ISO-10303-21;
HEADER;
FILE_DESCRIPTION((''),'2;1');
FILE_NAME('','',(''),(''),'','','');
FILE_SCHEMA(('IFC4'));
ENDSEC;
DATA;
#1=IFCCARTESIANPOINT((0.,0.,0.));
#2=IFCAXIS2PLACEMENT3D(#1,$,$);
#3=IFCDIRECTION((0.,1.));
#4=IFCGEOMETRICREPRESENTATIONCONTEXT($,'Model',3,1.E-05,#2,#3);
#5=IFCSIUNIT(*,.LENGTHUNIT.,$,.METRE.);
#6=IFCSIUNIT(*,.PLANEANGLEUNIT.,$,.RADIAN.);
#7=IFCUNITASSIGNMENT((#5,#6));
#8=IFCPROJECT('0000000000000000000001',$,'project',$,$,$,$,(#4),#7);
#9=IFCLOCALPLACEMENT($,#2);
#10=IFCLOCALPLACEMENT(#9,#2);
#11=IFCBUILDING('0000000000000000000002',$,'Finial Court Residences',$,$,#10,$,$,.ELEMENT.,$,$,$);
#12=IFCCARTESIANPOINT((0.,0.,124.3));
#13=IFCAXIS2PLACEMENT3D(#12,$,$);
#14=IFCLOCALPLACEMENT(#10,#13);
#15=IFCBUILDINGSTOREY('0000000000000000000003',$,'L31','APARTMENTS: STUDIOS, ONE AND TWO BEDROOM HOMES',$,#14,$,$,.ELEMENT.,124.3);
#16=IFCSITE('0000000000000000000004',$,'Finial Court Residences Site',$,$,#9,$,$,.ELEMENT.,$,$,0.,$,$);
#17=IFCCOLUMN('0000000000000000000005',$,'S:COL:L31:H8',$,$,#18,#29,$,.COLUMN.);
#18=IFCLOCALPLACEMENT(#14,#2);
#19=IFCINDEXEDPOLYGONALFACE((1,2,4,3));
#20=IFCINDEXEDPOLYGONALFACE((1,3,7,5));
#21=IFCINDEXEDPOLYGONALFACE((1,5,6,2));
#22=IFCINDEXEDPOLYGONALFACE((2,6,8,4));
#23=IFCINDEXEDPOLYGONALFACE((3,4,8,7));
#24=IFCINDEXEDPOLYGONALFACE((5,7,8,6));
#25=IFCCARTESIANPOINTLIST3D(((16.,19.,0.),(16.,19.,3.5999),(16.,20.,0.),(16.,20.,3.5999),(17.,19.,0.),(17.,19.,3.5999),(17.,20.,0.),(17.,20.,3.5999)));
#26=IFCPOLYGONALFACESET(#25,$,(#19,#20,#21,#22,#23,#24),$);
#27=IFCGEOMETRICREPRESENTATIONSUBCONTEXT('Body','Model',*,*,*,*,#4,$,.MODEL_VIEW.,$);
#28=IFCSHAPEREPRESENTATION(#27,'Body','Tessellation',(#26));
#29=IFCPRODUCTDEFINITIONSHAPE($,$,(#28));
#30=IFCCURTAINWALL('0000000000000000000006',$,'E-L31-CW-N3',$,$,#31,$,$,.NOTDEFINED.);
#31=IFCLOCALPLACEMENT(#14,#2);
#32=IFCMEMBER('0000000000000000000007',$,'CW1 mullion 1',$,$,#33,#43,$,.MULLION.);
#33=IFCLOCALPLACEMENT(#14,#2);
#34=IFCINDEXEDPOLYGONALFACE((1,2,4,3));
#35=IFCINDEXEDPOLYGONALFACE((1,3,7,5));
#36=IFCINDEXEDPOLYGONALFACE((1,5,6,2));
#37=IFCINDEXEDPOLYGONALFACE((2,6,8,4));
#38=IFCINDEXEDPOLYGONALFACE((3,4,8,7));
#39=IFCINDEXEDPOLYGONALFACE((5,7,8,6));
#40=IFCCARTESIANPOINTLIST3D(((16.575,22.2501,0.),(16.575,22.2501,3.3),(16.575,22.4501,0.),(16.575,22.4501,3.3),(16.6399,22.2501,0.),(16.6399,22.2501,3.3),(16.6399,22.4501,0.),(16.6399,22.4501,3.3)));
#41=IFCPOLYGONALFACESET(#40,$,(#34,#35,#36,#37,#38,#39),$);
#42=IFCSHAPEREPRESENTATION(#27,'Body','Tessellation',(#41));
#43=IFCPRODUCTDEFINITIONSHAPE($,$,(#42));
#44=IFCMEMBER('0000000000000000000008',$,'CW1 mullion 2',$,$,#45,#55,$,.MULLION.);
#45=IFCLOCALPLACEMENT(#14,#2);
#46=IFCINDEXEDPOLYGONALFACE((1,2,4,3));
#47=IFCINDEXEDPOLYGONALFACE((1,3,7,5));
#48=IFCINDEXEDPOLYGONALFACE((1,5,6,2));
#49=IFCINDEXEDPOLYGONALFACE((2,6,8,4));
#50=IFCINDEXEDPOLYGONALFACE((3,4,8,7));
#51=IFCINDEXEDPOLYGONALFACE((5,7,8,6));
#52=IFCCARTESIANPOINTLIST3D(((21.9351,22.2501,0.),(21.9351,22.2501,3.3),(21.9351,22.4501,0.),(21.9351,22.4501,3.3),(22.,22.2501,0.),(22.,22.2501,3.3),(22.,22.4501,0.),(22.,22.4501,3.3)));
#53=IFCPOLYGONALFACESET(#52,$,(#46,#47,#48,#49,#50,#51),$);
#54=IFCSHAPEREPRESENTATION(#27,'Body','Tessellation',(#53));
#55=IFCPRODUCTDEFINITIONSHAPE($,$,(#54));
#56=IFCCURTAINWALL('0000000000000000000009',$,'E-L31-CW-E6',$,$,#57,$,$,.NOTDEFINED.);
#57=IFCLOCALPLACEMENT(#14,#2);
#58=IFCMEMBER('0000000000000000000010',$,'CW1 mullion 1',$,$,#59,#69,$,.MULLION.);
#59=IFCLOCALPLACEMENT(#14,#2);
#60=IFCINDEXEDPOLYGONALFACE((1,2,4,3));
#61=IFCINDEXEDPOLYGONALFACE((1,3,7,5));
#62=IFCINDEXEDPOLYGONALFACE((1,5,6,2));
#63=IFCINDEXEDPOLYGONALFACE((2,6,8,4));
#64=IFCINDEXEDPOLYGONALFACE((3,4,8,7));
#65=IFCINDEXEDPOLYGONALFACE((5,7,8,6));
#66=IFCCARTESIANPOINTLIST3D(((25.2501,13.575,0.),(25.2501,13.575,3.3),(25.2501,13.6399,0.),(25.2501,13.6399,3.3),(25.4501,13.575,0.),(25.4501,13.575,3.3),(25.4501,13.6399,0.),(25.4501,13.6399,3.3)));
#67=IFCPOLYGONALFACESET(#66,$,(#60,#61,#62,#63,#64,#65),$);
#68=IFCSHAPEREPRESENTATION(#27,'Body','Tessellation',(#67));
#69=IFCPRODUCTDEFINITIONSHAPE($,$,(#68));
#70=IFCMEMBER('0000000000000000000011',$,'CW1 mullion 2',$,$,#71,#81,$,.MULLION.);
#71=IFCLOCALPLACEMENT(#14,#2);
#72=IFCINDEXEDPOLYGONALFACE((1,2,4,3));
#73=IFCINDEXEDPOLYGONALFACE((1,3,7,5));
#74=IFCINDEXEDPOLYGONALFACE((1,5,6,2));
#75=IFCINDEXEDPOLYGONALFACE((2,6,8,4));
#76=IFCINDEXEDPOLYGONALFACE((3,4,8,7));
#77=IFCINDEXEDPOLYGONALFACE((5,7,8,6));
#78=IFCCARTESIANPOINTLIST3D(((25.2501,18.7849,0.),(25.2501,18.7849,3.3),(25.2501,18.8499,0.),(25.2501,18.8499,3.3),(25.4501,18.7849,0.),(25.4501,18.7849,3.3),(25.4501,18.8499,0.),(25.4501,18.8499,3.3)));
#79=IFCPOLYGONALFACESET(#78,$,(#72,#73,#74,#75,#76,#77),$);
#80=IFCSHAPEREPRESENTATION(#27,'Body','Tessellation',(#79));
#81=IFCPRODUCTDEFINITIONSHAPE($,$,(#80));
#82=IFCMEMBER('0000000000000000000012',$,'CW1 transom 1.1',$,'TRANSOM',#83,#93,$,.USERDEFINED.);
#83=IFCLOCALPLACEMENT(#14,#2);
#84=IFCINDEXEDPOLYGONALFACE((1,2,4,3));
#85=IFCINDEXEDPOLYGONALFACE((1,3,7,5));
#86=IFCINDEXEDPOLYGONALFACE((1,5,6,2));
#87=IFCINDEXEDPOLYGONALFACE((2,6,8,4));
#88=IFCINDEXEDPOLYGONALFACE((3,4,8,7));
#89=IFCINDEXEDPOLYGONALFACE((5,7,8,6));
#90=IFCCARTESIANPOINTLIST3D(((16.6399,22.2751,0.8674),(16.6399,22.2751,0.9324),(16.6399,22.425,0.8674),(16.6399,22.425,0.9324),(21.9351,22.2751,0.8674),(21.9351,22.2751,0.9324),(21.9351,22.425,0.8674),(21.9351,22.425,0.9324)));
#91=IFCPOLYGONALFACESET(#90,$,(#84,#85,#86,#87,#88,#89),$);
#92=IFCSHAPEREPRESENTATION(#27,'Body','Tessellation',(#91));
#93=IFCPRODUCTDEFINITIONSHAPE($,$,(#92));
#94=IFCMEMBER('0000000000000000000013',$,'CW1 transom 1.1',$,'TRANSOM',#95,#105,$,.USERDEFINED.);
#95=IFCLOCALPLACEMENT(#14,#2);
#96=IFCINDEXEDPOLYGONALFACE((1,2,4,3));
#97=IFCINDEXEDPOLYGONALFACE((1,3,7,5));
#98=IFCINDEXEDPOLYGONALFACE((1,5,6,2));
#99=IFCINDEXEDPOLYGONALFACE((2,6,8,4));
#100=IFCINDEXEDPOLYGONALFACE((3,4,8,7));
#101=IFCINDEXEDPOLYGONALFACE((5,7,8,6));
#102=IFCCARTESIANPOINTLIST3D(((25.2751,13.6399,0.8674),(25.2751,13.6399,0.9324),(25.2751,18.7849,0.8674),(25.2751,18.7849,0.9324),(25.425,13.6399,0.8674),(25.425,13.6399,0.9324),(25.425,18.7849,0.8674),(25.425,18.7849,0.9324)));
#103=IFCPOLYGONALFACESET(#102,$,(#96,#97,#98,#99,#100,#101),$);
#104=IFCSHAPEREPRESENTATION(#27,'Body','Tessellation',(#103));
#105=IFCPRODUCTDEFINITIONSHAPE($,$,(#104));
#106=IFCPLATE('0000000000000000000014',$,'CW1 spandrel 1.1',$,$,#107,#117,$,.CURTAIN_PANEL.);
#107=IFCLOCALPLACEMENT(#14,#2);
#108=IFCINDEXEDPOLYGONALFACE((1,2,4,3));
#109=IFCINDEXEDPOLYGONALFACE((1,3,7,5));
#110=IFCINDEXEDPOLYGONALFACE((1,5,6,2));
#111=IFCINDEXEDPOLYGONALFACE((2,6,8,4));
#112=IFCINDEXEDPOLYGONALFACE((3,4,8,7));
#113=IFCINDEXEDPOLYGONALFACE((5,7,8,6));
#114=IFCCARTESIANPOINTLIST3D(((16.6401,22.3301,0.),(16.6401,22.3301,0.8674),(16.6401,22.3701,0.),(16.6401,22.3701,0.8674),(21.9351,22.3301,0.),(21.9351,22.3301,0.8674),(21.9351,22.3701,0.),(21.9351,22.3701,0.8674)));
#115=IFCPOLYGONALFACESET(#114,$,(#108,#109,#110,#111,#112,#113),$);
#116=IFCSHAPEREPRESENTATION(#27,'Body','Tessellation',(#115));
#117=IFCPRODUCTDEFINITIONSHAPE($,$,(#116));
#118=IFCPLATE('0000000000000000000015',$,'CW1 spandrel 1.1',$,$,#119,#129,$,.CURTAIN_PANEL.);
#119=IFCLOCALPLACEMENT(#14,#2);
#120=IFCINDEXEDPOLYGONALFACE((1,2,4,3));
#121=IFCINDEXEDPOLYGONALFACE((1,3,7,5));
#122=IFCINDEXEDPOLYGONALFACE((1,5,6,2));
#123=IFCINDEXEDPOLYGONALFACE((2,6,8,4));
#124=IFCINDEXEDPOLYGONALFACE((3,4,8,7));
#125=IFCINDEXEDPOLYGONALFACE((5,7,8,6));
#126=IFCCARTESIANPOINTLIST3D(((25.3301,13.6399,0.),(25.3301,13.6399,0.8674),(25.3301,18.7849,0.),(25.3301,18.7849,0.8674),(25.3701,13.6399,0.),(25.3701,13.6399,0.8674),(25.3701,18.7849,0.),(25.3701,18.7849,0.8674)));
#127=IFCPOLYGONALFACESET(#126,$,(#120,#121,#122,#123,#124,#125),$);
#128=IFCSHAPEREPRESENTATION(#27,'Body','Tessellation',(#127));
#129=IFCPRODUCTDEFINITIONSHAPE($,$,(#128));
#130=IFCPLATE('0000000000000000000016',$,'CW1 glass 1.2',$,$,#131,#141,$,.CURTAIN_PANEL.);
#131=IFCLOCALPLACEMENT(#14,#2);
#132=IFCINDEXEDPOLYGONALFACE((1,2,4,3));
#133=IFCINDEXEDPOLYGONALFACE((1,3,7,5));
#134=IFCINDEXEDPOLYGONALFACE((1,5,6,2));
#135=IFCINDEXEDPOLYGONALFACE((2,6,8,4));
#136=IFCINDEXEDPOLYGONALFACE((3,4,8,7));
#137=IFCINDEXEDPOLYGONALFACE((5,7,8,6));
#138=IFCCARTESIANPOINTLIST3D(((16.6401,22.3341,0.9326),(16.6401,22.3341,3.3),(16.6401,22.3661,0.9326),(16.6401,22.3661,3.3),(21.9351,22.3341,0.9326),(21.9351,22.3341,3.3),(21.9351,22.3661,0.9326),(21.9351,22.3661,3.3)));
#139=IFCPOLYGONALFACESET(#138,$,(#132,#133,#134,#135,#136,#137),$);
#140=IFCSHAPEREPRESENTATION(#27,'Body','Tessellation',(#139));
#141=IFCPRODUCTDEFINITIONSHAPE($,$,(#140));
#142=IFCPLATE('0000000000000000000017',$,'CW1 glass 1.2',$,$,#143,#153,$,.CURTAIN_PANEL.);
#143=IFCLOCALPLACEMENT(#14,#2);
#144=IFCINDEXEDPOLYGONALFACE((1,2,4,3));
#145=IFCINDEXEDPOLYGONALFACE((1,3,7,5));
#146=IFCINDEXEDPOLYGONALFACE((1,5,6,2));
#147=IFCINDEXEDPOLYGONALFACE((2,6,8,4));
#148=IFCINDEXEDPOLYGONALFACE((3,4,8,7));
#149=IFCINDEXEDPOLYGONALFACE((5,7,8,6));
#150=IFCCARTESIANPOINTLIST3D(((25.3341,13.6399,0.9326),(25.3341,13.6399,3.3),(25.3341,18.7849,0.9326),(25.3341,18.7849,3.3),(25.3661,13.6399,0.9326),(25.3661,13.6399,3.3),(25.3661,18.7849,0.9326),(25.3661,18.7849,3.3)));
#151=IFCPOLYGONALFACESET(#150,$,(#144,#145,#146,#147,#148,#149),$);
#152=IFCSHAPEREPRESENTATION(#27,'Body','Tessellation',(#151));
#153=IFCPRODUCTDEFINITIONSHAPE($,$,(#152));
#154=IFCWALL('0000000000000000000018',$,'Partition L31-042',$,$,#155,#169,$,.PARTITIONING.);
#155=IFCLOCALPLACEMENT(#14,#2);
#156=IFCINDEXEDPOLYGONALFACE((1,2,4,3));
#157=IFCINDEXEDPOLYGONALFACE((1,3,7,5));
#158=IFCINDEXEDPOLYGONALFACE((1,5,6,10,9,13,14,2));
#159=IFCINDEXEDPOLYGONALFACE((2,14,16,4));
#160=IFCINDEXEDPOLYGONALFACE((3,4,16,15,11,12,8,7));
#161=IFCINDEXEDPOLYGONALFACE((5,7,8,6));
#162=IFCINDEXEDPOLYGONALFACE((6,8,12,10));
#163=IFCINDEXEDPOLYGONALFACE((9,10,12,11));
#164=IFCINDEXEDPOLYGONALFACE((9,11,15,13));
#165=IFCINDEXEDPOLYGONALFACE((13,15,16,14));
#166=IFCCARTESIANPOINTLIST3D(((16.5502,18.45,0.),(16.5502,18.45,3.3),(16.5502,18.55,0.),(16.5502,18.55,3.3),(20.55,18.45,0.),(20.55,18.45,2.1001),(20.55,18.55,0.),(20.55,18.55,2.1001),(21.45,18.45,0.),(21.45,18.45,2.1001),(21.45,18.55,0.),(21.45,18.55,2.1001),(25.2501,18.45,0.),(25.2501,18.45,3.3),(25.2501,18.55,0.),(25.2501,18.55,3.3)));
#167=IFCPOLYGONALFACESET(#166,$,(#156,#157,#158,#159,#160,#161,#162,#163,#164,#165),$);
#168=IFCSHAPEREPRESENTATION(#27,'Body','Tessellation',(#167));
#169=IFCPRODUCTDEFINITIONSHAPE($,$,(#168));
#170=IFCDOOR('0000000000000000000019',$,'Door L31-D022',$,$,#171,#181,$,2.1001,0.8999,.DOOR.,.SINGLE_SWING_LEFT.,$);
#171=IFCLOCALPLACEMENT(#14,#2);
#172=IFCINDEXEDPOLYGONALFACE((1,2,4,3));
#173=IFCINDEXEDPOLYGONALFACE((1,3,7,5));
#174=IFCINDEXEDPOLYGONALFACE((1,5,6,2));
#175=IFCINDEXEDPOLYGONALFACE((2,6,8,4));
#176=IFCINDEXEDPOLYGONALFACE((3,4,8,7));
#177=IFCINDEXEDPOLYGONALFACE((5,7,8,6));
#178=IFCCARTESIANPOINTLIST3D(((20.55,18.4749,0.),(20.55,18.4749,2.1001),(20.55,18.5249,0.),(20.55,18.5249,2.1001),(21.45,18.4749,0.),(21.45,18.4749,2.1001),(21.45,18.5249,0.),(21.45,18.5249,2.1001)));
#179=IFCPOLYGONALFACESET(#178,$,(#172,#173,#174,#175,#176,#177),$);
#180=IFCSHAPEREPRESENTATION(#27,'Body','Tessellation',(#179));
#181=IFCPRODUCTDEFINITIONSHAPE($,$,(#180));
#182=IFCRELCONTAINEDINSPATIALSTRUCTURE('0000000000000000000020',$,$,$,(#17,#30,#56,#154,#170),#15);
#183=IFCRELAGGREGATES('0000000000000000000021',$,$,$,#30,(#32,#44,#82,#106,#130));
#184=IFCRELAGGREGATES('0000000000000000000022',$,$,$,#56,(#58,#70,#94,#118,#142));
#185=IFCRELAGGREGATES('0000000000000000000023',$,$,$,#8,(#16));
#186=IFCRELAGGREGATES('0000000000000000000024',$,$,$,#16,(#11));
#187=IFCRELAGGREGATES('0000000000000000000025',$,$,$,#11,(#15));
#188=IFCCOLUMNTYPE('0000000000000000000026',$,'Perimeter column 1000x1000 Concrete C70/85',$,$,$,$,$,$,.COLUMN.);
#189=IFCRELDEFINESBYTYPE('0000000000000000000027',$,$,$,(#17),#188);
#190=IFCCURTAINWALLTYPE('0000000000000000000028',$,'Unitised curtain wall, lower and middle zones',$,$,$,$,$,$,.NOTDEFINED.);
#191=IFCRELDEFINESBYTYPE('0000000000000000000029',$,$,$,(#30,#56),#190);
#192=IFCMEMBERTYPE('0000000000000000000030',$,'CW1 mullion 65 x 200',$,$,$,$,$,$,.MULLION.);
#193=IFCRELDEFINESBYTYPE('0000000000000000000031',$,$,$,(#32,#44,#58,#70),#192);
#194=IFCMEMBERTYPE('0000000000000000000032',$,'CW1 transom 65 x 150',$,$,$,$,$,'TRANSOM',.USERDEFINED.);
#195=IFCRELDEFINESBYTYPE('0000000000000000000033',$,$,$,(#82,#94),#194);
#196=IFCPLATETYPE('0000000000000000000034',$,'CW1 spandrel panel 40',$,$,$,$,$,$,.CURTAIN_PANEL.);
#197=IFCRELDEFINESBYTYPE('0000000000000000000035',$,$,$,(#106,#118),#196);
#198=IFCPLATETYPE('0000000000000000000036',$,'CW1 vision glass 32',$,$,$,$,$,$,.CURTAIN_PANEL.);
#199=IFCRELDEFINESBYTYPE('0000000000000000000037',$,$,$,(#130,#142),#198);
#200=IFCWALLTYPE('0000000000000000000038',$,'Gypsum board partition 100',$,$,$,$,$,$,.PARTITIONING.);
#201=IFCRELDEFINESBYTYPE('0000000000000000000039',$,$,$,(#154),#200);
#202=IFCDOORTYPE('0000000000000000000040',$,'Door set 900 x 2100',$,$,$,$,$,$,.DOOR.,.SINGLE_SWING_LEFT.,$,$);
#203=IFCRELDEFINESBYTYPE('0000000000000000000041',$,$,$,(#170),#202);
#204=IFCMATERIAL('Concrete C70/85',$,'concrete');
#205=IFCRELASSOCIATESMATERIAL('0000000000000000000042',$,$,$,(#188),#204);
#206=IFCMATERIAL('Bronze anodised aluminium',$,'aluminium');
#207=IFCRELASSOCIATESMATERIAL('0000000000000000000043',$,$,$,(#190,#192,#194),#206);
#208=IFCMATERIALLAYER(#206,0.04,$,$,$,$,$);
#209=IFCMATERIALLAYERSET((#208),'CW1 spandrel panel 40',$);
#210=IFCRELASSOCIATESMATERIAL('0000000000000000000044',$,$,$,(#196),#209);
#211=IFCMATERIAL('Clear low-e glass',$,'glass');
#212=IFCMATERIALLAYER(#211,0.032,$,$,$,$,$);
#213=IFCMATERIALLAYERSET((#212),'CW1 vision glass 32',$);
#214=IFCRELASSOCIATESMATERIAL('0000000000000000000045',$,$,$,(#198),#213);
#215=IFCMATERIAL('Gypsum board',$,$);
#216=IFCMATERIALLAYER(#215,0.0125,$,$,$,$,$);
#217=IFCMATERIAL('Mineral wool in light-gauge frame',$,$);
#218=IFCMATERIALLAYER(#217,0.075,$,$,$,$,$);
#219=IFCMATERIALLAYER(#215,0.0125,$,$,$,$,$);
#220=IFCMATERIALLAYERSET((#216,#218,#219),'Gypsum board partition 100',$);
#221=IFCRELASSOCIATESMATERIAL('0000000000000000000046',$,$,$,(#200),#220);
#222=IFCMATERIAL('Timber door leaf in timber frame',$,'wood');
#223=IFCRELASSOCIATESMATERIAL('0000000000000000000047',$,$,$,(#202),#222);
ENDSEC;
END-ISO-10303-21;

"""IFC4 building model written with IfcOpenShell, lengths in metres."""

from ifc_helpers import new_model, si_unit, direction, frame, frame_2d, origin, origin_2d, place, context, subcontext, project, spatial, rectangle, extrude, material, layer, layer_set, material_profile, profile_set, type_object, element, fill, aggregate, save


model = new_model("IFC4")

# Units and contexts
model_context = context("Model", 3, precision=1e-05, world=origin(), true_north=direction((0.0, 1.0)))
body_context = subcontext(model_context, "Body", "Model", "MODEL_VIEW")
ifc_project = project(units=[si_unit("LENGTHUNIT", "METRE"), si_unit("PLANEANGLEUNIT", "RADIAN")], contexts=[model_context])

# Site, building, storey
site_placement = place(None, origin())
site = spatial("IfcSite", under=ifc_project, at=site_placement, Name="Finial Court Residences Site", CompositionType="ELEMENT", RefElevation=0.0)
building_placement = place(site_placement, origin())
building = spatial("IfcBuilding", under=site, at=building_placement, Name="Finial Court Residences", CompositionType="ELEMENT")
storey_placement = place(building_placement, frame((0.0, 0.0, 124.3)))
storey = spatial("IfcBuildingStorey", under=building, at=storey_placement, Name="L31", Description="APARTMENTS: STUDIOS, ONE AND TWO BEDROOM HOMES", CompositionType="ELEMENT", Elevation=124.3)

# Column
ifc_material_1 = material(Name="Concrete C70/85", Category="concrete")
ifc_material_profile_1 = material_profile(ifc_material_1, rectangle(XDim=1.0, YDim=1.0, at=origin_2d()), Name="1000x1000")
ifc_profile_set_1 = profile_set([ifc_material_profile_1], Name="Concrete C70/85")
column_type = type_object("IfcColumnType", Name="Perimeter column 1000x1000 Concrete C70/85", PredefinedType="COLUMN", material=ifc_profile_set_1)
column_placement = place(storey_placement, frame((16.5, 19.5, 0.0), z_axis=(0.0, 0.0, 1.0), x_axis=(1.0, 0.0, 0.0)))
element("IfcColumn", 1, at=column_placement, inside=storey, type_object=column_type, Name="S:COL:L31:H8", PredefinedType="COLUMN", context=body_context, shape_type="SweptSolid", body=[
    extrude(rectangle(XDim=1.0, YDim=1.0, at=origin_2d()), origin(), (0.0, 0.0, 1.0), 3.5999),
])

# Curtain walls, members
ifc_material_2 = material(Name="Bronze anodised aluminium", Category="aluminium")
curtain_wall_type = type_object("IfcCurtainWallType", Name="Unitised curtain wall, lower and middle zones", PredefinedType="NOTDEFINED", material=ifc_material_2)
curtain_wall_1_placement = place(storey_placement, origin())
curtain_wall_1 = element("IfcCurtainWall", 2, at=curtain_wall_1_placement, inside=storey, type_object=curtain_wall_type, Name="E-L31-CW-N3", PredefinedType="NOTDEFINED")
ifc_material_profile_2 = material_profile(ifc_material_2, rectangle(XDim=0.2, YDim=0.0649, at=origin_2d()), Name="CW1 mullion 65 x 200")
ifc_profile_set_2 = profile_set([ifc_material_profile_2], Name="Bronze anodised aluminium")
member_type_1 = type_object("IfcMemberType", Name="CW1 mullion 65 x 200", PredefinedType="MULLION", material=ifc_profile_set_2)
member_1_placement = place(storey_placement, frame((16.6074, 22.3501, 0.0), z_axis=(0.0, 0.0, 1.0), x_axis=(0.0, 1.0, 0.0)))
member_1 = element("IfcMember", 3, at=member_1_placement, type_object=member_type_1, Name="CW1 mullion 1", PredefinedType="MULLION", context=body_context, shape_type="SweptSolid", body=[
    extrude(rectangle(XDim=0.2, YDim=0.0649, at=origin_2d()), origin(), (0.0, 0.0, 1.0), 3.3),
])
member_2_placement = place(storey_placement, frame((21.9675, 22.3501, 0.0), z_axis=(0.0, 0.0, 1.0), x_axis=(0.0, 1.0, 0.0)))
member_2 = element("IfcMember", 4, at=member_2_placement, type_object=member_type_1, Name="CW1 mullion 2", PredefinedType="MULLION", context=body_context, shape_type="SweptSolid", body=[
    extrude(rectangle(XDim=0.2, YDim=0.0649, at=origin_2d()), origin(), (0.0, 0.0, 1.0), 3.3),
])
curtain_wall_2_placement = place(storey_placement, origin())
curtain_wall_2 = element("IfcCurtainWall", 5, at=curtain_wall_2_placement, inside=storey, type_object=curtain_wall_type, Name="E-L31-CW-E6", PredefinedType="NOTDEFINED")
member_3_placement = place(storey_placement, frame((25.3501, 13.6074, 0.0), z_axis=(0.0, 0.0, 1.0), x_axis=(-1.0, 0.0, 0.0)))
member_3 = element("IfcMember", 6, at=member_3_placement, type_object=member_type_1, Name="CW1 mullion 1", PredefinedType="MULLION", context=body_context, shape_type="SweptSolid", body=[
    extrude(rectangle(XDim=0.2, YDim=0.0649, at=origin_2d()), origin(), (0.0, 0.0, 1.0), 3.3),
])
member_4_placement = place(storey_placement, frame((25.3501, 18.8174, 0.0), z_axis=(0.0, 0.0, 1.0), x_axis=(-1.0, 0.0, 0.0)))
member_4 = element("IfcMember", 7, at=member_4_placement, type_object=member_type_1, Name="CW1 mullion 2", PredefinedType="MULLION", context=body_context, shape_type="SweptSolid", body=[
    extrude(rectangle(XDim=0.2, YDim=0.0649, at=origin_2d()), origin(), (0.0, 0.0, 1.0), 3.3),
])

# Members
ifc_material_profile_3 = material_profile(ifc_material_2, rectangle(XDim=0.1499, YDim=0.0649, at=origin_2d()), Name="CW1 transom 65 x 150")
ifc_profile_set_3 = profile_set([ifc_material_profile_3], Name="Bronze anodised aluminium")
member_type_2 = type_object("IfcMemberType", Name="CW1 transom 65 x 150", ElementType="TRANSOM", PredefinedType="USERDEFINED", material=ifc_profile_set_3)
member_5_placement = place(storey_placement, frame((16.6399, 22.3501, 0.8999), z_axis=(1.0, 0.0, 0.0), x_axis=(0.0, 1.0, 0.0)))
member_5 = element("IfcMember", 8, at=member_5_placement, type_object=member_type_2, Name="CW1 transom 1.1", ObjectType="TRANSOM", PredefinedType="USERDEFINED", context=body_context, shape_type="SweptSolid", body=[
    extrude(rectangle(XDim=0.1499, YDim=0.0649, at=origin_2d()), origin(), (0.0, 0.0, 1.0), 5.2952),
])
member_6_placement = place(storey_placement, frame((25.3501, 13.6399, 0.8999), z_axis=(0.0, 1.0, 0.0), x_axis=(-1.0, 0.0, 0.0)))
member_6 = element("IfcMember", 9, at=member_6_placement, type_object=member_type_2, Name="CW1 transom 1.1", ObjectType="TRANSOM", PredefinedType="USERDEFINED", context=body_context, shape_type="SweptSolid", body=[
    extrude(rectangle(XDim=0.1499, YDim=0.0649, at=origin_2d()), origin(), (0.0, 0.0, 1.0), 5.145),
])

# Plates
ifc_layer_1 = layer(ifc_material_2, 0.04)
ifc_layer_set_1 = layer_set([ifc_layer_1], Name="CW1 spandrel panel 40")
plate_type_1 = type_object("IfcPlateType", Name="CW1 spandrel panel 40", PredefinedType="CURTAIN_PANEL", material=ifc_layer_set_1)
plate_1_placement = place(storey_placement, frame((19.2876, 22.3501, 0.0), z_axis=(0.0, 0.0, 1.0), x_axis=(1.0, 0.0, 0.0)))
plate_1 = element("IfcPlate", 10, at=plate_1_placement, type_object=plate_type_1, Name="CW1 spandrel 1.1", PredefinedType="CURTAIN_PANEL", context=body_context, shape_type="SweptSolid", body=[
    extrude(rectangle(XDim=5.2949, YDim=0.04, at=origin_2d()), origin(), (0.0, 0.0, 1.0), 0.8674),
])
plate_2_placement = place(storey_placement, frame((25.3501, 16.2124, 0.0), z_axis=(0.0, 0.0, 1.0), x_axis=(0.0, 1.0, 0.0)))
plate_2 = element("IfcPlate", 11, at=plate_2_placement, type_object=plate_type_1, Name="CW1 spandrel 1.1", PredefinedType="CURTAIN_PANEL", context=body_context, shape_type="SweptSolid", body=[
    extrude(rectangle(XDim=5.145, YDim=0.04, at=origin_2d()), origin(), (0.0, 0.0, 1.0), 0.8674),
])
ifc_material_3 = material(Name="Clear low-e glass", Category="glass")
ifc_layer_2 = layer(ifc_material_3, 0.032)
ifc_layer_set_2 = layer_set([ifc_layer_2], Name="CW1 vision glass 32")
plate_type_2 = type_object("IfcPlateType", Name="CW1 vision glass 32", PredefinedType="CURTAIN_PANEL", material=ifc_layer_set_2)
plate_3_placement = place(storey_placement, frame((19.2876, 22.3501, 0.9326), z_axis=(0.0, 0.0, 1.0), x_axis=(1.0, 0.0, 0.0)))
plate_3 = element("IfcPlate", 12, at=plate_3_placement, type_object=plate_type_2, Name="CW1 glass 1.2", PredefinedType="CURTAIN_PANEL", context=body_context, shape_type="SweptSolid", body=[
    extrude(rectangle(XDim=5.2949, YDim=0.032, at=origin_2d()), origin(), (0.0, 0.0, 1.0), 2.3674),
])
aggregate(curtain_wall_1, [member_1, member_2, member_5, plate_1, plate_3])
plate_4_placement = place(storey_placement, frame((25.3501, 16.2124, 0.9326), z_axis=(0.0, 0.0, 1.0), x_axis=(0.0, 1.0, 0.0)))
plate_4 = element("IfcPlate", 13, at=plate_4_placement, type_object=plate_type_2, Name="CW1 glass 1.2", PredefinedType="CURTAIN_PANEL", context=body_context, shape_type="SweptSolid", body=[
    extrude(rectangle(XDim=5.145, YDim=0.032, at=origin_2d()), origin(), (0.0, 0.0, 1.0), 2.3674),
])
aggregate(curtain_wall_2, [member_3, member_4, member_6, plate_2, plate_4])

# Wall, opening, door
ifc_material_4 = material(Name="Gypsum board")
ifc_layer_3 = layer(ifc_material_4, 0.0125)
ifc_material_5 = material(Name="Mineral wool in light-gauge frame")
ifc_layer_4 = layer(ifc_material_5, 0.075)
ifc_layer_5 = layer(ifc_material_4, 0.0125)
ifc_layer_set_3 = layer_set([ifc_layer_3, ifc_layer_4, ifc_layer_5], Name="Gypsum board partition 100")
wall_type_1 = type_object("IfcWallType", Name="Gypsum board partition 100", PredefinedType="PARTITIONING", material=ifc_layer_set_3)
wall_1_placement = place(storey_placement, frame((16.55, 18.5, 0.0), z_axis=(0.0, 0.0, 1.0), x_axis=(1.0, 0.0, 0.0)))
wall_1 = element("IfcWall", 14, at=wall_1_placement, inside=storey, type_object=wall_type_1, Name="Partition L31-042", PredefinedType="PARTITIONING", context=body_context, shape_type="SweptSolid", body=[
    extrude(rectangle(XDim=8.7, YDim=0.1001, at=frame_2d((4.3501, 0.0))), origin(), (0.0, 0.0, 1.0), 3.3),
])
opening_1_placement = place(wall_1_placement, frame((4.0, 0.0, 0.0)))
opening_1 = element("IfcOpeningElement", 15, at=opening_1_placement, cuts=wall_1, PredefinedType="OPENING", context=body_context, shape_type="SweptSolid", body=[
    extrude(rectangle(XDim=0.8999, YDim=2.1001, at=frame_2d((0.45, 1.05))), frame((0.0, 0.0601, 0.0), z_axis=(0.0, -1.0, 0.0), x_axis=(1.0, 0.0, 0.0)), (0.0, 0.0, 1.0), 0.1201),
])
ifc_material_6 = material(Name="Timber door leaf in timber frame", Category="wood")
door_type = type_object("IfcDoorType", Name="Door set 900 x 2100", OperationType="SINGLE_SWING_LEFT", PredefinedType="DOOR", material=ifc_material_6)
door_1_placement = place(opening_1_placement, origin())
door_1 = element("IfcDoor", 16, at=door_1_placement, inside=storey, type_object=door_type, Name="Door L31-D022", OperationType="SINGLE_SWING_LEFT", OverallHeight=2.1001, OverallWidth=0.8999, PredefinedType="DOOR", context=body_context, shape_type="SweptSolid", body=[
    extrude(rectangle(XDim=0.8999, YDim=2.1001, at=frame_2d((0.45, 1.05))), frame((0.0, 0.0249, 0.0), z_axis=(0.0, -1.0, 0.0), x_axis=(1.0, 0.0, 0.0)), (0.0, 0.0, 1.0), 0.05),
])
fill(opening_1, door_1)

save(model, "model.ifc")
